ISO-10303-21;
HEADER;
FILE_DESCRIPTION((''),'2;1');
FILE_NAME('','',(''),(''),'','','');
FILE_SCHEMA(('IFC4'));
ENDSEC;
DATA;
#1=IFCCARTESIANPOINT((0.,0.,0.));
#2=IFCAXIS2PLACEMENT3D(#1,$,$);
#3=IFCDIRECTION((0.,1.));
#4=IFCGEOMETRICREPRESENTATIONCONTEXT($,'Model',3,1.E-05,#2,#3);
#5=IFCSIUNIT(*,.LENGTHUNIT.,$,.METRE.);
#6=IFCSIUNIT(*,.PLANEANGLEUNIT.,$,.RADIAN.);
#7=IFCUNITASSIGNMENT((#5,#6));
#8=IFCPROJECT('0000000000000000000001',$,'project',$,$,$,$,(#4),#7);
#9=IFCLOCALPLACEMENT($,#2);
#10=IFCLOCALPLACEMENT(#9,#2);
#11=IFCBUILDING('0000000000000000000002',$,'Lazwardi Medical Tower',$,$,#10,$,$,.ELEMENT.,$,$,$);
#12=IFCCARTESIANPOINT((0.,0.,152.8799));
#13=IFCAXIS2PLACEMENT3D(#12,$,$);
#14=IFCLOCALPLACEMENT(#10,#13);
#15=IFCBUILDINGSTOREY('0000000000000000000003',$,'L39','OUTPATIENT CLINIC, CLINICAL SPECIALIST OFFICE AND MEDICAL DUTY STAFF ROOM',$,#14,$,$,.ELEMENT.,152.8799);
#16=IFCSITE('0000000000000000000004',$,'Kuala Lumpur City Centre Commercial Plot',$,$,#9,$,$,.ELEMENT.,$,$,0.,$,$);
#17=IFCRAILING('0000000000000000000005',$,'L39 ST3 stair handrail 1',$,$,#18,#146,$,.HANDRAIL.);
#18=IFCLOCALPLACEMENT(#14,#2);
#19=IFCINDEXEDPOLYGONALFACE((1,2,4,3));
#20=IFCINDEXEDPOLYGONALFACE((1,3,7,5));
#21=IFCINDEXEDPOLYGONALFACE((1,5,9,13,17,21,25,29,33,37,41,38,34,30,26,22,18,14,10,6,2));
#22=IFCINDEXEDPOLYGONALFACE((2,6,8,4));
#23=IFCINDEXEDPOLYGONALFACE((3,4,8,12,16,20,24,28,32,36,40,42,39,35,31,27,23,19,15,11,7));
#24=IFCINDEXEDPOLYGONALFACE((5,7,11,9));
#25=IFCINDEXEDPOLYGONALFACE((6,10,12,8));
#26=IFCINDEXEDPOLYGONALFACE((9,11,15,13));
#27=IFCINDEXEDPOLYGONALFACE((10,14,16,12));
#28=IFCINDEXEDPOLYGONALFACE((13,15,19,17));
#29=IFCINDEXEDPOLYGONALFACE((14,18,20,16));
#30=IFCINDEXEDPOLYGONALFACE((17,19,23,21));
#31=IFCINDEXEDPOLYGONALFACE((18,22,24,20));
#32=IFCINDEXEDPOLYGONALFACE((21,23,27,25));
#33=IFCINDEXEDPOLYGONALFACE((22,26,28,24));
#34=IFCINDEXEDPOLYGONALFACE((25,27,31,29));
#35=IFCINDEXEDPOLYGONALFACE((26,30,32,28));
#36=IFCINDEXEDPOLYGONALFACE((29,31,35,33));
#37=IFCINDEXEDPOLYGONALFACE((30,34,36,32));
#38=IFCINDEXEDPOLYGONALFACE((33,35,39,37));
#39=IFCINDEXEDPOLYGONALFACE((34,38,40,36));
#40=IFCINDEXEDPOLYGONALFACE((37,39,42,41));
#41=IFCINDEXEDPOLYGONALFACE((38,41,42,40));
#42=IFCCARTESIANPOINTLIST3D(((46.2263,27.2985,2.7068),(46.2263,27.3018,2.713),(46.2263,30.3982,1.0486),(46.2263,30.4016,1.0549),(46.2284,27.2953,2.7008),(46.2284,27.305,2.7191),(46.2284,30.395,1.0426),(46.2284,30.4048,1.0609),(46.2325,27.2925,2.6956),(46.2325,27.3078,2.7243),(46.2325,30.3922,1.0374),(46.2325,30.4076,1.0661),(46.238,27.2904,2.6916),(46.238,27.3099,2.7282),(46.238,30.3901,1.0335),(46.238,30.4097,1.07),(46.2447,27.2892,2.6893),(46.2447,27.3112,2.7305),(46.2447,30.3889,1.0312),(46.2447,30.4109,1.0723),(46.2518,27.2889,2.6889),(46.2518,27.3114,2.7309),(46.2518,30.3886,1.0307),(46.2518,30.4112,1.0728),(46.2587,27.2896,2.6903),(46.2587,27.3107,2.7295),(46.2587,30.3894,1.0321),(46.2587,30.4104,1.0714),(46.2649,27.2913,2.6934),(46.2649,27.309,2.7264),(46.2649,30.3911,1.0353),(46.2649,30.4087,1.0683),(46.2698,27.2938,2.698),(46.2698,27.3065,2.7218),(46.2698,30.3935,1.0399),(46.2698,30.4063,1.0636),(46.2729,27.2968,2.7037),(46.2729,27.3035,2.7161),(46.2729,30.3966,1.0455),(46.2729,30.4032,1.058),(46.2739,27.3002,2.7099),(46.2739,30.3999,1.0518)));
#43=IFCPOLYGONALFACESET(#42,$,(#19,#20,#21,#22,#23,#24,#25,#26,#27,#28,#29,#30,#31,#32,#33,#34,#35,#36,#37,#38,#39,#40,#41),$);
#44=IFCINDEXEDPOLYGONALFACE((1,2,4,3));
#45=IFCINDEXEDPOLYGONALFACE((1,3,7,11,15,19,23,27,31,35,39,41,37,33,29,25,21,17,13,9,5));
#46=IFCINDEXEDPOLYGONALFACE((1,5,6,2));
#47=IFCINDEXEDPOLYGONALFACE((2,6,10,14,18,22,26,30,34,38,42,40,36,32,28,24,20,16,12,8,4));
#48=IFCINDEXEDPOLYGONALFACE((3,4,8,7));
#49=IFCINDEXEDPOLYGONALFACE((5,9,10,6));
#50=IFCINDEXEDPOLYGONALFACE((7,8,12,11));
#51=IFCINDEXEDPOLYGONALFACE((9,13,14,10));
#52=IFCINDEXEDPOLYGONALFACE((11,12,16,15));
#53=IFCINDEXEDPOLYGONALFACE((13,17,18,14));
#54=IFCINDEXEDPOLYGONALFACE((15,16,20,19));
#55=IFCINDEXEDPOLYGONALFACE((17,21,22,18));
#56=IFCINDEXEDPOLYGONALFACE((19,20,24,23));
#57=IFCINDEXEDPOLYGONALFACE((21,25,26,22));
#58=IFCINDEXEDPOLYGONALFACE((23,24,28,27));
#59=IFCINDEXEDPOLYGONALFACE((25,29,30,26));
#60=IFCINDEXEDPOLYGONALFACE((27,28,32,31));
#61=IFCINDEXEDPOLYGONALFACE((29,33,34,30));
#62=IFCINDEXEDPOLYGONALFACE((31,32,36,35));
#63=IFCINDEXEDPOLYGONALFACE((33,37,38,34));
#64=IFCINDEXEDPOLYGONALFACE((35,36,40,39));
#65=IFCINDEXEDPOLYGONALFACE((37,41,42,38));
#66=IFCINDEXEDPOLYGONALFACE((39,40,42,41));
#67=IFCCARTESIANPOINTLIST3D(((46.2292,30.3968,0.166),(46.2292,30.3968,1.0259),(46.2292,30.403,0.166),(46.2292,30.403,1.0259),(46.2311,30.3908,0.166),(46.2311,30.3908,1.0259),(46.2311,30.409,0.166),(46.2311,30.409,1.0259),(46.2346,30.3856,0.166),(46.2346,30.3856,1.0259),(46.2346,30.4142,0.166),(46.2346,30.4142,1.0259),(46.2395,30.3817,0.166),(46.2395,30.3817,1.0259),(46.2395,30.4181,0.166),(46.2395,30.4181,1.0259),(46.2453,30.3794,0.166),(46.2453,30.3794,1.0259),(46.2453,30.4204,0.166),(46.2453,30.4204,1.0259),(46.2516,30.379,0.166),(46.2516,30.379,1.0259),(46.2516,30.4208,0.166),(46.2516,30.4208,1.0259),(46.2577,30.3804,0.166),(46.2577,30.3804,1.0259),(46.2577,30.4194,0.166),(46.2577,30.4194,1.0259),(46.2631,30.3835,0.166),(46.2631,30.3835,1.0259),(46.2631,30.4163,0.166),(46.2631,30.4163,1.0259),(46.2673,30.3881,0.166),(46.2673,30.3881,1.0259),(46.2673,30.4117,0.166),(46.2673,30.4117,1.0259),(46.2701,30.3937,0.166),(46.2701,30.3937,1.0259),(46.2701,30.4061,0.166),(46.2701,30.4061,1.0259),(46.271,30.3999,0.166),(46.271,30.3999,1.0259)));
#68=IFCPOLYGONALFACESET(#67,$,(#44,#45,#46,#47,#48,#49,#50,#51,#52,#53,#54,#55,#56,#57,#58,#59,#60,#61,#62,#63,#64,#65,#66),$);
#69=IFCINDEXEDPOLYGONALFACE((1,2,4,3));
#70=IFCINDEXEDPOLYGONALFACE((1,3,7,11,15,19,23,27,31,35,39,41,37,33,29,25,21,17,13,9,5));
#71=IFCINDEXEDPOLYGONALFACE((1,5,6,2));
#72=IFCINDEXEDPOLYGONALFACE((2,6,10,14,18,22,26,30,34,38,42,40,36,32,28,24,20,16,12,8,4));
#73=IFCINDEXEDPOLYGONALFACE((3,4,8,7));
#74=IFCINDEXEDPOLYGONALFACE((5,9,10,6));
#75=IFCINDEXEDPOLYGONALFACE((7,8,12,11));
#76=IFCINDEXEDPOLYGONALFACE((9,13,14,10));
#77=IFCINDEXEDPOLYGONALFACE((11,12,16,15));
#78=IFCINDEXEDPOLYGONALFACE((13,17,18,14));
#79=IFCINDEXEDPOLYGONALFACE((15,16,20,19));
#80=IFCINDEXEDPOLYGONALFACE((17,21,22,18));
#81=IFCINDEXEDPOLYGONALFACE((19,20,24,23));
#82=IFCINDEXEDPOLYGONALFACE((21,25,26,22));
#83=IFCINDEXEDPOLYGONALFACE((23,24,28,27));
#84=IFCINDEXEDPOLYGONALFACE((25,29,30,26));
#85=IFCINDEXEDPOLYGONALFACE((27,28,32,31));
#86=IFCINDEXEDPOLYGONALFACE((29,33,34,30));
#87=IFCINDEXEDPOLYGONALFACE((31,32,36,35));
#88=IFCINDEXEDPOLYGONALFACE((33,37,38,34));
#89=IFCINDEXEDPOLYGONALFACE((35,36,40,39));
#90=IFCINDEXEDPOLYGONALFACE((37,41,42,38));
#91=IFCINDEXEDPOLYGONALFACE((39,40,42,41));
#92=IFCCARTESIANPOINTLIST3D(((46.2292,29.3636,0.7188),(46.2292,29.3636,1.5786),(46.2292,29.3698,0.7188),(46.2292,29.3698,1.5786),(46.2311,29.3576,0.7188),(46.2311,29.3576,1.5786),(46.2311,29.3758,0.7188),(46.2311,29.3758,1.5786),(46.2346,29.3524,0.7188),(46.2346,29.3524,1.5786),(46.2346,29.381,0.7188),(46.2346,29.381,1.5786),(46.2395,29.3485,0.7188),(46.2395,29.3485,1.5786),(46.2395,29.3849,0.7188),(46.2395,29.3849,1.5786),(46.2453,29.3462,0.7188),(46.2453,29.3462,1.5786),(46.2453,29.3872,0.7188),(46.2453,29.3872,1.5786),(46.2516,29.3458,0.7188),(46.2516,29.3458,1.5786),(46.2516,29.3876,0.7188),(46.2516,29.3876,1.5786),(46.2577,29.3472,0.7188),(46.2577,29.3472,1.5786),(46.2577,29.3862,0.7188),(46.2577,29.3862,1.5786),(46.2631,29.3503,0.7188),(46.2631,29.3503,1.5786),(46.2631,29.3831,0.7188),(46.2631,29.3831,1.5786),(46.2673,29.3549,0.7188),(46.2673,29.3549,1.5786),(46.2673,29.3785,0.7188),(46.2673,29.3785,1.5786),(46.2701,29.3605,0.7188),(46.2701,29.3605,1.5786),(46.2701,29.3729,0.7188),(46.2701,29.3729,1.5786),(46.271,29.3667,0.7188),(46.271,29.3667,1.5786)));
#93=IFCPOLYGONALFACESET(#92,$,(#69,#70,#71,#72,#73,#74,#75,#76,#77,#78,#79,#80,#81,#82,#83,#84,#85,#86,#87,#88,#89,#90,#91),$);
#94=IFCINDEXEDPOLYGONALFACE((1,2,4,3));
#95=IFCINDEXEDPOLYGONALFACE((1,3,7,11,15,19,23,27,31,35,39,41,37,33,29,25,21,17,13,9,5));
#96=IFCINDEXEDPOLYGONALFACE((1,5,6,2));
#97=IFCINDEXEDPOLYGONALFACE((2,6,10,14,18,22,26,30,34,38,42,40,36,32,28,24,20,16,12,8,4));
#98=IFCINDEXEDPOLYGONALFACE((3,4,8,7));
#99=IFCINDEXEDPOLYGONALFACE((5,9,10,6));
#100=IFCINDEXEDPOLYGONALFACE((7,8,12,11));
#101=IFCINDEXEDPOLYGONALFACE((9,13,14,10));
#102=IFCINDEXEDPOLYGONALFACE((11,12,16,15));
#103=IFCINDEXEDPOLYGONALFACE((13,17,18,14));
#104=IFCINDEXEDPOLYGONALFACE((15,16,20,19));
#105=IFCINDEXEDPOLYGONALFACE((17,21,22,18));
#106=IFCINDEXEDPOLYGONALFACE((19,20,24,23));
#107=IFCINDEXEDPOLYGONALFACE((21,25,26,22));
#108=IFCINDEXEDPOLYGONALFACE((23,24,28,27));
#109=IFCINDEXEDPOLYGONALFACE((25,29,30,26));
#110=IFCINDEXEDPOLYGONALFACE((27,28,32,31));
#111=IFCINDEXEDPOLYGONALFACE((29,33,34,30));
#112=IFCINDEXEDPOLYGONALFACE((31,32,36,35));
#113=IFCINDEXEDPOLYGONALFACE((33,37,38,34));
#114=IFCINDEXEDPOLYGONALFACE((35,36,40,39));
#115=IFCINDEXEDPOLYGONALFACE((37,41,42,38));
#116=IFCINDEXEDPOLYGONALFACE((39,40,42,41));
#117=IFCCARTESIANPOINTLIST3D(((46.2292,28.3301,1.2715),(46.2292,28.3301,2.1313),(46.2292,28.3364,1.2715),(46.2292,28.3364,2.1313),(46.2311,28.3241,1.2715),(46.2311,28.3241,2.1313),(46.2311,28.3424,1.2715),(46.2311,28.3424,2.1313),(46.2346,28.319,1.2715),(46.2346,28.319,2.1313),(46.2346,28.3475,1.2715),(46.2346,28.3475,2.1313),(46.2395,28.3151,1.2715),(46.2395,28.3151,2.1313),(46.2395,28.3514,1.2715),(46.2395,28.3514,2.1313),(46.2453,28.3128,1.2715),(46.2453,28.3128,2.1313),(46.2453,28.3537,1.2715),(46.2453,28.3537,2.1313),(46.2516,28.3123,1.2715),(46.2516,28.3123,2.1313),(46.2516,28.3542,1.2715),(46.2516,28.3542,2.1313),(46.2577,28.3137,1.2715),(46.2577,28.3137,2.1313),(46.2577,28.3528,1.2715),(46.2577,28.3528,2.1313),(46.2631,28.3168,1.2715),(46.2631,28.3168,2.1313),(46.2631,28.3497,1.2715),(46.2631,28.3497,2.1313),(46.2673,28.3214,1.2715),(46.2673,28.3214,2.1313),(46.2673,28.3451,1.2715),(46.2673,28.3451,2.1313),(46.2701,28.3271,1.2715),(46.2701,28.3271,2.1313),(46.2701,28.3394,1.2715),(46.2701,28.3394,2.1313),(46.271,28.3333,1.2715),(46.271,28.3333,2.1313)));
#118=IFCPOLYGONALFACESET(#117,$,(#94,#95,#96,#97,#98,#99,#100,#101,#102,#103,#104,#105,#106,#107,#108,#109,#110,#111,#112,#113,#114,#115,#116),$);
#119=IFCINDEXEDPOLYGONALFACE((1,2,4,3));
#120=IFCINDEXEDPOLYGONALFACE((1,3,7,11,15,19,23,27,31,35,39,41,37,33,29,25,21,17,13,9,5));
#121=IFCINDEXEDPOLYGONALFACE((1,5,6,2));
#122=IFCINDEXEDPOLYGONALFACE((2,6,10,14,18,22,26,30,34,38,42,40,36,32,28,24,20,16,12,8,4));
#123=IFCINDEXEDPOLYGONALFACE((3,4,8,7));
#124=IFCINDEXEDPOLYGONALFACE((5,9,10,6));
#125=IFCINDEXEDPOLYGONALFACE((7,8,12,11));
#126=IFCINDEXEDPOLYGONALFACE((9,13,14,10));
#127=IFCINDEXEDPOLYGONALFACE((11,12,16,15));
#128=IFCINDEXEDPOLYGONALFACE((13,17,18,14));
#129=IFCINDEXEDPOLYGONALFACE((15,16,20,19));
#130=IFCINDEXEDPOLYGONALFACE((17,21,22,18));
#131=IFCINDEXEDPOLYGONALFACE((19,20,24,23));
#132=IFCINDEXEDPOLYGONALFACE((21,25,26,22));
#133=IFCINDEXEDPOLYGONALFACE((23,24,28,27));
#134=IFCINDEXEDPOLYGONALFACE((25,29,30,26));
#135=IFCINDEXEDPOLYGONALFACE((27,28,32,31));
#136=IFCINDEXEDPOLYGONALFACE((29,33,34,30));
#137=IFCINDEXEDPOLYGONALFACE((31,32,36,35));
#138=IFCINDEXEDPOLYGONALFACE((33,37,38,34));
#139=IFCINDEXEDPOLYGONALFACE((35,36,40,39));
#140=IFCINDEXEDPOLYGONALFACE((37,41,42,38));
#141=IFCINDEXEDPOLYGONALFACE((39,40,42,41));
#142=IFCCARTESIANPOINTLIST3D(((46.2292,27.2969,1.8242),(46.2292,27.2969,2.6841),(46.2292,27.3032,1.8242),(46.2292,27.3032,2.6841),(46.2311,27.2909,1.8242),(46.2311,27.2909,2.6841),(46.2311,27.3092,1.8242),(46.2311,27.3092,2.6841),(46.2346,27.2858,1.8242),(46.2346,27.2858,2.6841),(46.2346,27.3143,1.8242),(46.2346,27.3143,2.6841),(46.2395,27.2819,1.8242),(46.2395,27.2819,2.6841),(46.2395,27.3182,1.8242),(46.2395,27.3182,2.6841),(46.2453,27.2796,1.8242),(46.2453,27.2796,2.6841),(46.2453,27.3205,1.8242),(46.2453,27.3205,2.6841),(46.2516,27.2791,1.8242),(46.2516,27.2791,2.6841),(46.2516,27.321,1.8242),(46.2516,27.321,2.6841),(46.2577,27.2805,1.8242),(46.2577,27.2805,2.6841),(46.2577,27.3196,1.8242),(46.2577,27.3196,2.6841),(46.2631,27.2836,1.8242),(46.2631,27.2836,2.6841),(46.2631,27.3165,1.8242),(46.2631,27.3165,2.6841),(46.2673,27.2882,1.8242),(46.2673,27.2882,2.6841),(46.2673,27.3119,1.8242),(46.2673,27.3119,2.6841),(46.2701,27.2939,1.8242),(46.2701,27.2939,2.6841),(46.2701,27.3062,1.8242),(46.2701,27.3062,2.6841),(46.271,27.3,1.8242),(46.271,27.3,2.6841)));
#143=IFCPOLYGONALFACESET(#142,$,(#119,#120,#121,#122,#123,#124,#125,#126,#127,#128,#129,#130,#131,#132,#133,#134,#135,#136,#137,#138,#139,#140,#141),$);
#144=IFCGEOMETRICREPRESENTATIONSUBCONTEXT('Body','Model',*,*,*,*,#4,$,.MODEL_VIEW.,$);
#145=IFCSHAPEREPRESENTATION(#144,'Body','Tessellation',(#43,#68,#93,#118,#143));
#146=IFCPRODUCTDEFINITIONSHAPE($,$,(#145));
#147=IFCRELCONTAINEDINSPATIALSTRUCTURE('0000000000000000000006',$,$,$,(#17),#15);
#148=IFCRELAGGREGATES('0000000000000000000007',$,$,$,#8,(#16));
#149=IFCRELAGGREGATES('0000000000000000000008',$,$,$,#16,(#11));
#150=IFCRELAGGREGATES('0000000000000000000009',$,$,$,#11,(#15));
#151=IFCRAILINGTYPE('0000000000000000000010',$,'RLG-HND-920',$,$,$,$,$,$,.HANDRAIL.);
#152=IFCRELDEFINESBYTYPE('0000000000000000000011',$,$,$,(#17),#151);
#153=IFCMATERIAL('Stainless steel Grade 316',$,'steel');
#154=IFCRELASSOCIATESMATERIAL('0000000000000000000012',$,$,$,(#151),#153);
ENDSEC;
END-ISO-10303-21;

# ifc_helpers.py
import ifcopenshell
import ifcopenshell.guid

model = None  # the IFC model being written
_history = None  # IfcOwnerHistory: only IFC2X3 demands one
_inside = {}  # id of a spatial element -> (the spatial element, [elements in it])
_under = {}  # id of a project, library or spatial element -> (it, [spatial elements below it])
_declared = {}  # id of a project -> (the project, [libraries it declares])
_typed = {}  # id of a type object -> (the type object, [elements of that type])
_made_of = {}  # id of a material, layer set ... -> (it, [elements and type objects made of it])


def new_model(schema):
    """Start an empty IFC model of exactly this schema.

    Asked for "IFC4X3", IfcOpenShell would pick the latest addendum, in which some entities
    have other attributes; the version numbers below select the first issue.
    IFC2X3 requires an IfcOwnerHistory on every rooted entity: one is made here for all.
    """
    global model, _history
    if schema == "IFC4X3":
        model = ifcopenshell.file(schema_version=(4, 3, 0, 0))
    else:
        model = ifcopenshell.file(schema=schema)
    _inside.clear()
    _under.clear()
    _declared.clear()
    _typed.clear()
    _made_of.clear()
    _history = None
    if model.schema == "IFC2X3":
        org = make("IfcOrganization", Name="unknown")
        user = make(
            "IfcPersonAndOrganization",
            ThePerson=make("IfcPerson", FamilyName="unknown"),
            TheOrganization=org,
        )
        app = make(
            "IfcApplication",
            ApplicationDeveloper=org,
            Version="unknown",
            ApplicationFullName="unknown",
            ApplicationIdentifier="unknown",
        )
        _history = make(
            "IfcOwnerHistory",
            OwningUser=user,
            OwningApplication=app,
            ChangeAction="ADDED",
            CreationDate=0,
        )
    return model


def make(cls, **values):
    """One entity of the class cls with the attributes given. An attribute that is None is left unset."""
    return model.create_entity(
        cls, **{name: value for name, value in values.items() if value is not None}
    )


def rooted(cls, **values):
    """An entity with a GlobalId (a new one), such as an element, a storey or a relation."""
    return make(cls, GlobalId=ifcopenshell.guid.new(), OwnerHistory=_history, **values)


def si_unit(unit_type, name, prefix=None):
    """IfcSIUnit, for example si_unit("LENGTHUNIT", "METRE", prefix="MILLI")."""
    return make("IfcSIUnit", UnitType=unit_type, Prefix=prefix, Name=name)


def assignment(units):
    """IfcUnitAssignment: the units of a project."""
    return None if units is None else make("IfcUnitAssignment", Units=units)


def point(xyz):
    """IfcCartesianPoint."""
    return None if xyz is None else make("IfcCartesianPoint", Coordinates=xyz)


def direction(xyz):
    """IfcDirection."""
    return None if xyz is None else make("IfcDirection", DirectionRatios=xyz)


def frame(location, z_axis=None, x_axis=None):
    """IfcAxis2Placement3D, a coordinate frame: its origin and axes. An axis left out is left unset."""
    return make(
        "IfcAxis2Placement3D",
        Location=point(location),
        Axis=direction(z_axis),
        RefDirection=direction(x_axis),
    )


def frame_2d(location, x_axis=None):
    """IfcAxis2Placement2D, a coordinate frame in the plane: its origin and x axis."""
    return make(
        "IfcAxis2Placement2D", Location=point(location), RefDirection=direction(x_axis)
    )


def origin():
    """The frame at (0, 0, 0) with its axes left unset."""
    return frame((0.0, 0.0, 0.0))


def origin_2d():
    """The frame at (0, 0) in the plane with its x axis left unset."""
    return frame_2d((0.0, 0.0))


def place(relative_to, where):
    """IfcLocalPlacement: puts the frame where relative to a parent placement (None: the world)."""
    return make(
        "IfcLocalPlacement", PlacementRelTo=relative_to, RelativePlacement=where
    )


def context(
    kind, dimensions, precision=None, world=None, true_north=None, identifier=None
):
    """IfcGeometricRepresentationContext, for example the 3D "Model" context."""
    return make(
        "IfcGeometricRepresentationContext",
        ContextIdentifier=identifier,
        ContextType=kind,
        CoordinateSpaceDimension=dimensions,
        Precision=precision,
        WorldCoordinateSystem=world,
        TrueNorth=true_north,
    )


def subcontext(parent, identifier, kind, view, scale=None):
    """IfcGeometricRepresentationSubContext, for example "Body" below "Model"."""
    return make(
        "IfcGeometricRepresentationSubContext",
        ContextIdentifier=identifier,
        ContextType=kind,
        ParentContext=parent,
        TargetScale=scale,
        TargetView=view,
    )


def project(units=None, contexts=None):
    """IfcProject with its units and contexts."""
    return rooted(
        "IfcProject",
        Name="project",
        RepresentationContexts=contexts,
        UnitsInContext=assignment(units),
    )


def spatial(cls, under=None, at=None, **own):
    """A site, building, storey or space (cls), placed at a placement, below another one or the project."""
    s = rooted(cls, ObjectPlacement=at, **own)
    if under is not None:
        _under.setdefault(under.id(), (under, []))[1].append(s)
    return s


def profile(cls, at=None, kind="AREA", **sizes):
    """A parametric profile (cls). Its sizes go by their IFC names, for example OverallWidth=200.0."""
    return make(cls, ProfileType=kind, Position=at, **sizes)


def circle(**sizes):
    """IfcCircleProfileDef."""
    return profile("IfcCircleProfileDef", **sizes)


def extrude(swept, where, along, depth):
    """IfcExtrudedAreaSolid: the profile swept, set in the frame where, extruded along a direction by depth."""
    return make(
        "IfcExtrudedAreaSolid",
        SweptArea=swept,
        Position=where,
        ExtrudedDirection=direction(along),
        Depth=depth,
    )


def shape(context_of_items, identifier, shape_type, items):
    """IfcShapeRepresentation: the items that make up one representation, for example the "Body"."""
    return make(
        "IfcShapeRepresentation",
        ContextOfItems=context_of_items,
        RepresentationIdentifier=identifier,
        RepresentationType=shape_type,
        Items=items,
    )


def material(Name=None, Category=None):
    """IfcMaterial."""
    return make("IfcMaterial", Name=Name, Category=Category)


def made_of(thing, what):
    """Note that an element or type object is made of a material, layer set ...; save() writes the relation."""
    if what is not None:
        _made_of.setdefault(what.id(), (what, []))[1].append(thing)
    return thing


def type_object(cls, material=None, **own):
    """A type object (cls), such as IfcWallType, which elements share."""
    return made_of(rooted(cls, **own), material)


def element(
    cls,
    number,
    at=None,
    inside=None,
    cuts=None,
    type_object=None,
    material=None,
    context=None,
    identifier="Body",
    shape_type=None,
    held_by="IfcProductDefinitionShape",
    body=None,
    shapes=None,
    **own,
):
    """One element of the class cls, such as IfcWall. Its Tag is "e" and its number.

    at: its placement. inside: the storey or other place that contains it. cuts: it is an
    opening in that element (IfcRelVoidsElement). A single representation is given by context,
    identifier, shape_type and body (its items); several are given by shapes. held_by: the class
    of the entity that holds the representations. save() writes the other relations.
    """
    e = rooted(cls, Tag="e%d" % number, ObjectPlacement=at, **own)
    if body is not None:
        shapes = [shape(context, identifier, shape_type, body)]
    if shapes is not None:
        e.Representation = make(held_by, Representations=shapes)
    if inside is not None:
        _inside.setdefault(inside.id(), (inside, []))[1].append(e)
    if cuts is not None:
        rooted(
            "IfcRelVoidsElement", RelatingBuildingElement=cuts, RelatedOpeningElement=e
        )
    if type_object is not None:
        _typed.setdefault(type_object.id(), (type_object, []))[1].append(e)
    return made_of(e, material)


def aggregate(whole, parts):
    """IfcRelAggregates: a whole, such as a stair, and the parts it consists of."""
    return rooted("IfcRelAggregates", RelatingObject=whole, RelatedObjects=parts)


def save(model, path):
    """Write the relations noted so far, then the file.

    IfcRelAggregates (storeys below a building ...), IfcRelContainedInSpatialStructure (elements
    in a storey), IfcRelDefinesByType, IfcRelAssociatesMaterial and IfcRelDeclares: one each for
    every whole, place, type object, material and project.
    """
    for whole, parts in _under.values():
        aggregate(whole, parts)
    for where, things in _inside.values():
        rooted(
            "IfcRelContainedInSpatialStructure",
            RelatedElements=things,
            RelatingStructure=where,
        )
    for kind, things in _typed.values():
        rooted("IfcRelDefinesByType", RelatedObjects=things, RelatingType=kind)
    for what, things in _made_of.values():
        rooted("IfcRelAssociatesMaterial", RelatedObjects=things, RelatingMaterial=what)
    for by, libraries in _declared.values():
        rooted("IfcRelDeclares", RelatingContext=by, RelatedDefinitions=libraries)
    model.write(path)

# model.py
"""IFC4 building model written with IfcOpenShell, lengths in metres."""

from ifc_helpers import new_model, si_unit, direction, frame, origin, origin_2d, place, context, subcontext, project, spatial, circle, extrude, material, type_object, element, save


model = new_model("IFC4")

# Units and contexts
model_context = context("Model", 3, precision=1e-05, world=origin(), true_north=direction((0.0, 1.0)))
body_context = subcontext(model_context, "Body", "Model", "MODEL_VIEW")
ifc_project = project(units=[si_unit("LENGTHUNIT", "METRE"), si_unit("PLANEANGLEUNIT", "RADIAN")], contexts=[model_context])

# Site, building, storey
site_placement = place(None, origin())
site = spatial("IfcSite", under=ifc_project, at=site_placement, Name="Kuala Lumpur City Centre Commercial Plot", CompositionType="ELEMENT", RefElevation=0.0)
building_placement = place(site_placement, origin())
building = spatial("IfcBuilding", under=site, at=building_placement, Name="Lazwardi Medical Tower", CompositionType="ELEMENT")
storey_placement = place(building_placement, frame((0.0, 0.0, 152.8799)))
storey = spatial("IfcBuildingStorey", under=building, at=storey_placement, Name="L39", Description="OUTPATIENT CLINIC, CLINICAL SPECIALIST OFFICE AND MEDICAL DUTY STAFF ROOM", CompositionType="ELEMENT", Elevation=152.8799)

# Railing
ifc_material_1 = material(Name="Stainless steel Grade 316", Category="steel")
railing_type_1 = type_object("IfcRailingType", Name="RLG-HND-920", PredefinedType="HANDRAIL", material=ifc_material_1)
railing_1_placement = place(storey_placement, frame((46.25, 30.3999, 0.166)))
element("IfcRailing", 1, at=railing_1_placement, inside=storey, type_object=railing_type_1, Name="L39 ST3 stair handrail 1", PredefinedType="HANDRAIL", context=body_context, shape_type="SweptSolid", body=[
    extrude(circle(Radius=0.0239, at=origin_2d()), frame((0.0, 0.0, 0.8857), z_axis=(0.0, -0.881768, 0.471684), x_axis=(1.0, 0.0, 0.0)), (0.0, 0.0, 1.0), 3.5154),
    extrude(circle(Radius=0.021, at=origin_2d()), origin(), (0.0, 0.0, 1.0), 0.8599),
    extrude(circle(Radius=0.021, at=origin_2d()), frame((0.0, -1.0332, 0.5527)), (0.0, 0.0, 1.0), 0.8599),
    extrude(circle(Radius=0.021, at=origin_2d()), frame((0.0, -2.0667, 1.1055)), (0.0, 0.0, 1.0), 0.8599),
    extrude(circle(Radius=0.021, at=origin_2d()), frame((0.0, -3.0999, 1.6582)), (0.0, 0.0, 1.0), 0.8599),
])

save(model, "model.ifc")
